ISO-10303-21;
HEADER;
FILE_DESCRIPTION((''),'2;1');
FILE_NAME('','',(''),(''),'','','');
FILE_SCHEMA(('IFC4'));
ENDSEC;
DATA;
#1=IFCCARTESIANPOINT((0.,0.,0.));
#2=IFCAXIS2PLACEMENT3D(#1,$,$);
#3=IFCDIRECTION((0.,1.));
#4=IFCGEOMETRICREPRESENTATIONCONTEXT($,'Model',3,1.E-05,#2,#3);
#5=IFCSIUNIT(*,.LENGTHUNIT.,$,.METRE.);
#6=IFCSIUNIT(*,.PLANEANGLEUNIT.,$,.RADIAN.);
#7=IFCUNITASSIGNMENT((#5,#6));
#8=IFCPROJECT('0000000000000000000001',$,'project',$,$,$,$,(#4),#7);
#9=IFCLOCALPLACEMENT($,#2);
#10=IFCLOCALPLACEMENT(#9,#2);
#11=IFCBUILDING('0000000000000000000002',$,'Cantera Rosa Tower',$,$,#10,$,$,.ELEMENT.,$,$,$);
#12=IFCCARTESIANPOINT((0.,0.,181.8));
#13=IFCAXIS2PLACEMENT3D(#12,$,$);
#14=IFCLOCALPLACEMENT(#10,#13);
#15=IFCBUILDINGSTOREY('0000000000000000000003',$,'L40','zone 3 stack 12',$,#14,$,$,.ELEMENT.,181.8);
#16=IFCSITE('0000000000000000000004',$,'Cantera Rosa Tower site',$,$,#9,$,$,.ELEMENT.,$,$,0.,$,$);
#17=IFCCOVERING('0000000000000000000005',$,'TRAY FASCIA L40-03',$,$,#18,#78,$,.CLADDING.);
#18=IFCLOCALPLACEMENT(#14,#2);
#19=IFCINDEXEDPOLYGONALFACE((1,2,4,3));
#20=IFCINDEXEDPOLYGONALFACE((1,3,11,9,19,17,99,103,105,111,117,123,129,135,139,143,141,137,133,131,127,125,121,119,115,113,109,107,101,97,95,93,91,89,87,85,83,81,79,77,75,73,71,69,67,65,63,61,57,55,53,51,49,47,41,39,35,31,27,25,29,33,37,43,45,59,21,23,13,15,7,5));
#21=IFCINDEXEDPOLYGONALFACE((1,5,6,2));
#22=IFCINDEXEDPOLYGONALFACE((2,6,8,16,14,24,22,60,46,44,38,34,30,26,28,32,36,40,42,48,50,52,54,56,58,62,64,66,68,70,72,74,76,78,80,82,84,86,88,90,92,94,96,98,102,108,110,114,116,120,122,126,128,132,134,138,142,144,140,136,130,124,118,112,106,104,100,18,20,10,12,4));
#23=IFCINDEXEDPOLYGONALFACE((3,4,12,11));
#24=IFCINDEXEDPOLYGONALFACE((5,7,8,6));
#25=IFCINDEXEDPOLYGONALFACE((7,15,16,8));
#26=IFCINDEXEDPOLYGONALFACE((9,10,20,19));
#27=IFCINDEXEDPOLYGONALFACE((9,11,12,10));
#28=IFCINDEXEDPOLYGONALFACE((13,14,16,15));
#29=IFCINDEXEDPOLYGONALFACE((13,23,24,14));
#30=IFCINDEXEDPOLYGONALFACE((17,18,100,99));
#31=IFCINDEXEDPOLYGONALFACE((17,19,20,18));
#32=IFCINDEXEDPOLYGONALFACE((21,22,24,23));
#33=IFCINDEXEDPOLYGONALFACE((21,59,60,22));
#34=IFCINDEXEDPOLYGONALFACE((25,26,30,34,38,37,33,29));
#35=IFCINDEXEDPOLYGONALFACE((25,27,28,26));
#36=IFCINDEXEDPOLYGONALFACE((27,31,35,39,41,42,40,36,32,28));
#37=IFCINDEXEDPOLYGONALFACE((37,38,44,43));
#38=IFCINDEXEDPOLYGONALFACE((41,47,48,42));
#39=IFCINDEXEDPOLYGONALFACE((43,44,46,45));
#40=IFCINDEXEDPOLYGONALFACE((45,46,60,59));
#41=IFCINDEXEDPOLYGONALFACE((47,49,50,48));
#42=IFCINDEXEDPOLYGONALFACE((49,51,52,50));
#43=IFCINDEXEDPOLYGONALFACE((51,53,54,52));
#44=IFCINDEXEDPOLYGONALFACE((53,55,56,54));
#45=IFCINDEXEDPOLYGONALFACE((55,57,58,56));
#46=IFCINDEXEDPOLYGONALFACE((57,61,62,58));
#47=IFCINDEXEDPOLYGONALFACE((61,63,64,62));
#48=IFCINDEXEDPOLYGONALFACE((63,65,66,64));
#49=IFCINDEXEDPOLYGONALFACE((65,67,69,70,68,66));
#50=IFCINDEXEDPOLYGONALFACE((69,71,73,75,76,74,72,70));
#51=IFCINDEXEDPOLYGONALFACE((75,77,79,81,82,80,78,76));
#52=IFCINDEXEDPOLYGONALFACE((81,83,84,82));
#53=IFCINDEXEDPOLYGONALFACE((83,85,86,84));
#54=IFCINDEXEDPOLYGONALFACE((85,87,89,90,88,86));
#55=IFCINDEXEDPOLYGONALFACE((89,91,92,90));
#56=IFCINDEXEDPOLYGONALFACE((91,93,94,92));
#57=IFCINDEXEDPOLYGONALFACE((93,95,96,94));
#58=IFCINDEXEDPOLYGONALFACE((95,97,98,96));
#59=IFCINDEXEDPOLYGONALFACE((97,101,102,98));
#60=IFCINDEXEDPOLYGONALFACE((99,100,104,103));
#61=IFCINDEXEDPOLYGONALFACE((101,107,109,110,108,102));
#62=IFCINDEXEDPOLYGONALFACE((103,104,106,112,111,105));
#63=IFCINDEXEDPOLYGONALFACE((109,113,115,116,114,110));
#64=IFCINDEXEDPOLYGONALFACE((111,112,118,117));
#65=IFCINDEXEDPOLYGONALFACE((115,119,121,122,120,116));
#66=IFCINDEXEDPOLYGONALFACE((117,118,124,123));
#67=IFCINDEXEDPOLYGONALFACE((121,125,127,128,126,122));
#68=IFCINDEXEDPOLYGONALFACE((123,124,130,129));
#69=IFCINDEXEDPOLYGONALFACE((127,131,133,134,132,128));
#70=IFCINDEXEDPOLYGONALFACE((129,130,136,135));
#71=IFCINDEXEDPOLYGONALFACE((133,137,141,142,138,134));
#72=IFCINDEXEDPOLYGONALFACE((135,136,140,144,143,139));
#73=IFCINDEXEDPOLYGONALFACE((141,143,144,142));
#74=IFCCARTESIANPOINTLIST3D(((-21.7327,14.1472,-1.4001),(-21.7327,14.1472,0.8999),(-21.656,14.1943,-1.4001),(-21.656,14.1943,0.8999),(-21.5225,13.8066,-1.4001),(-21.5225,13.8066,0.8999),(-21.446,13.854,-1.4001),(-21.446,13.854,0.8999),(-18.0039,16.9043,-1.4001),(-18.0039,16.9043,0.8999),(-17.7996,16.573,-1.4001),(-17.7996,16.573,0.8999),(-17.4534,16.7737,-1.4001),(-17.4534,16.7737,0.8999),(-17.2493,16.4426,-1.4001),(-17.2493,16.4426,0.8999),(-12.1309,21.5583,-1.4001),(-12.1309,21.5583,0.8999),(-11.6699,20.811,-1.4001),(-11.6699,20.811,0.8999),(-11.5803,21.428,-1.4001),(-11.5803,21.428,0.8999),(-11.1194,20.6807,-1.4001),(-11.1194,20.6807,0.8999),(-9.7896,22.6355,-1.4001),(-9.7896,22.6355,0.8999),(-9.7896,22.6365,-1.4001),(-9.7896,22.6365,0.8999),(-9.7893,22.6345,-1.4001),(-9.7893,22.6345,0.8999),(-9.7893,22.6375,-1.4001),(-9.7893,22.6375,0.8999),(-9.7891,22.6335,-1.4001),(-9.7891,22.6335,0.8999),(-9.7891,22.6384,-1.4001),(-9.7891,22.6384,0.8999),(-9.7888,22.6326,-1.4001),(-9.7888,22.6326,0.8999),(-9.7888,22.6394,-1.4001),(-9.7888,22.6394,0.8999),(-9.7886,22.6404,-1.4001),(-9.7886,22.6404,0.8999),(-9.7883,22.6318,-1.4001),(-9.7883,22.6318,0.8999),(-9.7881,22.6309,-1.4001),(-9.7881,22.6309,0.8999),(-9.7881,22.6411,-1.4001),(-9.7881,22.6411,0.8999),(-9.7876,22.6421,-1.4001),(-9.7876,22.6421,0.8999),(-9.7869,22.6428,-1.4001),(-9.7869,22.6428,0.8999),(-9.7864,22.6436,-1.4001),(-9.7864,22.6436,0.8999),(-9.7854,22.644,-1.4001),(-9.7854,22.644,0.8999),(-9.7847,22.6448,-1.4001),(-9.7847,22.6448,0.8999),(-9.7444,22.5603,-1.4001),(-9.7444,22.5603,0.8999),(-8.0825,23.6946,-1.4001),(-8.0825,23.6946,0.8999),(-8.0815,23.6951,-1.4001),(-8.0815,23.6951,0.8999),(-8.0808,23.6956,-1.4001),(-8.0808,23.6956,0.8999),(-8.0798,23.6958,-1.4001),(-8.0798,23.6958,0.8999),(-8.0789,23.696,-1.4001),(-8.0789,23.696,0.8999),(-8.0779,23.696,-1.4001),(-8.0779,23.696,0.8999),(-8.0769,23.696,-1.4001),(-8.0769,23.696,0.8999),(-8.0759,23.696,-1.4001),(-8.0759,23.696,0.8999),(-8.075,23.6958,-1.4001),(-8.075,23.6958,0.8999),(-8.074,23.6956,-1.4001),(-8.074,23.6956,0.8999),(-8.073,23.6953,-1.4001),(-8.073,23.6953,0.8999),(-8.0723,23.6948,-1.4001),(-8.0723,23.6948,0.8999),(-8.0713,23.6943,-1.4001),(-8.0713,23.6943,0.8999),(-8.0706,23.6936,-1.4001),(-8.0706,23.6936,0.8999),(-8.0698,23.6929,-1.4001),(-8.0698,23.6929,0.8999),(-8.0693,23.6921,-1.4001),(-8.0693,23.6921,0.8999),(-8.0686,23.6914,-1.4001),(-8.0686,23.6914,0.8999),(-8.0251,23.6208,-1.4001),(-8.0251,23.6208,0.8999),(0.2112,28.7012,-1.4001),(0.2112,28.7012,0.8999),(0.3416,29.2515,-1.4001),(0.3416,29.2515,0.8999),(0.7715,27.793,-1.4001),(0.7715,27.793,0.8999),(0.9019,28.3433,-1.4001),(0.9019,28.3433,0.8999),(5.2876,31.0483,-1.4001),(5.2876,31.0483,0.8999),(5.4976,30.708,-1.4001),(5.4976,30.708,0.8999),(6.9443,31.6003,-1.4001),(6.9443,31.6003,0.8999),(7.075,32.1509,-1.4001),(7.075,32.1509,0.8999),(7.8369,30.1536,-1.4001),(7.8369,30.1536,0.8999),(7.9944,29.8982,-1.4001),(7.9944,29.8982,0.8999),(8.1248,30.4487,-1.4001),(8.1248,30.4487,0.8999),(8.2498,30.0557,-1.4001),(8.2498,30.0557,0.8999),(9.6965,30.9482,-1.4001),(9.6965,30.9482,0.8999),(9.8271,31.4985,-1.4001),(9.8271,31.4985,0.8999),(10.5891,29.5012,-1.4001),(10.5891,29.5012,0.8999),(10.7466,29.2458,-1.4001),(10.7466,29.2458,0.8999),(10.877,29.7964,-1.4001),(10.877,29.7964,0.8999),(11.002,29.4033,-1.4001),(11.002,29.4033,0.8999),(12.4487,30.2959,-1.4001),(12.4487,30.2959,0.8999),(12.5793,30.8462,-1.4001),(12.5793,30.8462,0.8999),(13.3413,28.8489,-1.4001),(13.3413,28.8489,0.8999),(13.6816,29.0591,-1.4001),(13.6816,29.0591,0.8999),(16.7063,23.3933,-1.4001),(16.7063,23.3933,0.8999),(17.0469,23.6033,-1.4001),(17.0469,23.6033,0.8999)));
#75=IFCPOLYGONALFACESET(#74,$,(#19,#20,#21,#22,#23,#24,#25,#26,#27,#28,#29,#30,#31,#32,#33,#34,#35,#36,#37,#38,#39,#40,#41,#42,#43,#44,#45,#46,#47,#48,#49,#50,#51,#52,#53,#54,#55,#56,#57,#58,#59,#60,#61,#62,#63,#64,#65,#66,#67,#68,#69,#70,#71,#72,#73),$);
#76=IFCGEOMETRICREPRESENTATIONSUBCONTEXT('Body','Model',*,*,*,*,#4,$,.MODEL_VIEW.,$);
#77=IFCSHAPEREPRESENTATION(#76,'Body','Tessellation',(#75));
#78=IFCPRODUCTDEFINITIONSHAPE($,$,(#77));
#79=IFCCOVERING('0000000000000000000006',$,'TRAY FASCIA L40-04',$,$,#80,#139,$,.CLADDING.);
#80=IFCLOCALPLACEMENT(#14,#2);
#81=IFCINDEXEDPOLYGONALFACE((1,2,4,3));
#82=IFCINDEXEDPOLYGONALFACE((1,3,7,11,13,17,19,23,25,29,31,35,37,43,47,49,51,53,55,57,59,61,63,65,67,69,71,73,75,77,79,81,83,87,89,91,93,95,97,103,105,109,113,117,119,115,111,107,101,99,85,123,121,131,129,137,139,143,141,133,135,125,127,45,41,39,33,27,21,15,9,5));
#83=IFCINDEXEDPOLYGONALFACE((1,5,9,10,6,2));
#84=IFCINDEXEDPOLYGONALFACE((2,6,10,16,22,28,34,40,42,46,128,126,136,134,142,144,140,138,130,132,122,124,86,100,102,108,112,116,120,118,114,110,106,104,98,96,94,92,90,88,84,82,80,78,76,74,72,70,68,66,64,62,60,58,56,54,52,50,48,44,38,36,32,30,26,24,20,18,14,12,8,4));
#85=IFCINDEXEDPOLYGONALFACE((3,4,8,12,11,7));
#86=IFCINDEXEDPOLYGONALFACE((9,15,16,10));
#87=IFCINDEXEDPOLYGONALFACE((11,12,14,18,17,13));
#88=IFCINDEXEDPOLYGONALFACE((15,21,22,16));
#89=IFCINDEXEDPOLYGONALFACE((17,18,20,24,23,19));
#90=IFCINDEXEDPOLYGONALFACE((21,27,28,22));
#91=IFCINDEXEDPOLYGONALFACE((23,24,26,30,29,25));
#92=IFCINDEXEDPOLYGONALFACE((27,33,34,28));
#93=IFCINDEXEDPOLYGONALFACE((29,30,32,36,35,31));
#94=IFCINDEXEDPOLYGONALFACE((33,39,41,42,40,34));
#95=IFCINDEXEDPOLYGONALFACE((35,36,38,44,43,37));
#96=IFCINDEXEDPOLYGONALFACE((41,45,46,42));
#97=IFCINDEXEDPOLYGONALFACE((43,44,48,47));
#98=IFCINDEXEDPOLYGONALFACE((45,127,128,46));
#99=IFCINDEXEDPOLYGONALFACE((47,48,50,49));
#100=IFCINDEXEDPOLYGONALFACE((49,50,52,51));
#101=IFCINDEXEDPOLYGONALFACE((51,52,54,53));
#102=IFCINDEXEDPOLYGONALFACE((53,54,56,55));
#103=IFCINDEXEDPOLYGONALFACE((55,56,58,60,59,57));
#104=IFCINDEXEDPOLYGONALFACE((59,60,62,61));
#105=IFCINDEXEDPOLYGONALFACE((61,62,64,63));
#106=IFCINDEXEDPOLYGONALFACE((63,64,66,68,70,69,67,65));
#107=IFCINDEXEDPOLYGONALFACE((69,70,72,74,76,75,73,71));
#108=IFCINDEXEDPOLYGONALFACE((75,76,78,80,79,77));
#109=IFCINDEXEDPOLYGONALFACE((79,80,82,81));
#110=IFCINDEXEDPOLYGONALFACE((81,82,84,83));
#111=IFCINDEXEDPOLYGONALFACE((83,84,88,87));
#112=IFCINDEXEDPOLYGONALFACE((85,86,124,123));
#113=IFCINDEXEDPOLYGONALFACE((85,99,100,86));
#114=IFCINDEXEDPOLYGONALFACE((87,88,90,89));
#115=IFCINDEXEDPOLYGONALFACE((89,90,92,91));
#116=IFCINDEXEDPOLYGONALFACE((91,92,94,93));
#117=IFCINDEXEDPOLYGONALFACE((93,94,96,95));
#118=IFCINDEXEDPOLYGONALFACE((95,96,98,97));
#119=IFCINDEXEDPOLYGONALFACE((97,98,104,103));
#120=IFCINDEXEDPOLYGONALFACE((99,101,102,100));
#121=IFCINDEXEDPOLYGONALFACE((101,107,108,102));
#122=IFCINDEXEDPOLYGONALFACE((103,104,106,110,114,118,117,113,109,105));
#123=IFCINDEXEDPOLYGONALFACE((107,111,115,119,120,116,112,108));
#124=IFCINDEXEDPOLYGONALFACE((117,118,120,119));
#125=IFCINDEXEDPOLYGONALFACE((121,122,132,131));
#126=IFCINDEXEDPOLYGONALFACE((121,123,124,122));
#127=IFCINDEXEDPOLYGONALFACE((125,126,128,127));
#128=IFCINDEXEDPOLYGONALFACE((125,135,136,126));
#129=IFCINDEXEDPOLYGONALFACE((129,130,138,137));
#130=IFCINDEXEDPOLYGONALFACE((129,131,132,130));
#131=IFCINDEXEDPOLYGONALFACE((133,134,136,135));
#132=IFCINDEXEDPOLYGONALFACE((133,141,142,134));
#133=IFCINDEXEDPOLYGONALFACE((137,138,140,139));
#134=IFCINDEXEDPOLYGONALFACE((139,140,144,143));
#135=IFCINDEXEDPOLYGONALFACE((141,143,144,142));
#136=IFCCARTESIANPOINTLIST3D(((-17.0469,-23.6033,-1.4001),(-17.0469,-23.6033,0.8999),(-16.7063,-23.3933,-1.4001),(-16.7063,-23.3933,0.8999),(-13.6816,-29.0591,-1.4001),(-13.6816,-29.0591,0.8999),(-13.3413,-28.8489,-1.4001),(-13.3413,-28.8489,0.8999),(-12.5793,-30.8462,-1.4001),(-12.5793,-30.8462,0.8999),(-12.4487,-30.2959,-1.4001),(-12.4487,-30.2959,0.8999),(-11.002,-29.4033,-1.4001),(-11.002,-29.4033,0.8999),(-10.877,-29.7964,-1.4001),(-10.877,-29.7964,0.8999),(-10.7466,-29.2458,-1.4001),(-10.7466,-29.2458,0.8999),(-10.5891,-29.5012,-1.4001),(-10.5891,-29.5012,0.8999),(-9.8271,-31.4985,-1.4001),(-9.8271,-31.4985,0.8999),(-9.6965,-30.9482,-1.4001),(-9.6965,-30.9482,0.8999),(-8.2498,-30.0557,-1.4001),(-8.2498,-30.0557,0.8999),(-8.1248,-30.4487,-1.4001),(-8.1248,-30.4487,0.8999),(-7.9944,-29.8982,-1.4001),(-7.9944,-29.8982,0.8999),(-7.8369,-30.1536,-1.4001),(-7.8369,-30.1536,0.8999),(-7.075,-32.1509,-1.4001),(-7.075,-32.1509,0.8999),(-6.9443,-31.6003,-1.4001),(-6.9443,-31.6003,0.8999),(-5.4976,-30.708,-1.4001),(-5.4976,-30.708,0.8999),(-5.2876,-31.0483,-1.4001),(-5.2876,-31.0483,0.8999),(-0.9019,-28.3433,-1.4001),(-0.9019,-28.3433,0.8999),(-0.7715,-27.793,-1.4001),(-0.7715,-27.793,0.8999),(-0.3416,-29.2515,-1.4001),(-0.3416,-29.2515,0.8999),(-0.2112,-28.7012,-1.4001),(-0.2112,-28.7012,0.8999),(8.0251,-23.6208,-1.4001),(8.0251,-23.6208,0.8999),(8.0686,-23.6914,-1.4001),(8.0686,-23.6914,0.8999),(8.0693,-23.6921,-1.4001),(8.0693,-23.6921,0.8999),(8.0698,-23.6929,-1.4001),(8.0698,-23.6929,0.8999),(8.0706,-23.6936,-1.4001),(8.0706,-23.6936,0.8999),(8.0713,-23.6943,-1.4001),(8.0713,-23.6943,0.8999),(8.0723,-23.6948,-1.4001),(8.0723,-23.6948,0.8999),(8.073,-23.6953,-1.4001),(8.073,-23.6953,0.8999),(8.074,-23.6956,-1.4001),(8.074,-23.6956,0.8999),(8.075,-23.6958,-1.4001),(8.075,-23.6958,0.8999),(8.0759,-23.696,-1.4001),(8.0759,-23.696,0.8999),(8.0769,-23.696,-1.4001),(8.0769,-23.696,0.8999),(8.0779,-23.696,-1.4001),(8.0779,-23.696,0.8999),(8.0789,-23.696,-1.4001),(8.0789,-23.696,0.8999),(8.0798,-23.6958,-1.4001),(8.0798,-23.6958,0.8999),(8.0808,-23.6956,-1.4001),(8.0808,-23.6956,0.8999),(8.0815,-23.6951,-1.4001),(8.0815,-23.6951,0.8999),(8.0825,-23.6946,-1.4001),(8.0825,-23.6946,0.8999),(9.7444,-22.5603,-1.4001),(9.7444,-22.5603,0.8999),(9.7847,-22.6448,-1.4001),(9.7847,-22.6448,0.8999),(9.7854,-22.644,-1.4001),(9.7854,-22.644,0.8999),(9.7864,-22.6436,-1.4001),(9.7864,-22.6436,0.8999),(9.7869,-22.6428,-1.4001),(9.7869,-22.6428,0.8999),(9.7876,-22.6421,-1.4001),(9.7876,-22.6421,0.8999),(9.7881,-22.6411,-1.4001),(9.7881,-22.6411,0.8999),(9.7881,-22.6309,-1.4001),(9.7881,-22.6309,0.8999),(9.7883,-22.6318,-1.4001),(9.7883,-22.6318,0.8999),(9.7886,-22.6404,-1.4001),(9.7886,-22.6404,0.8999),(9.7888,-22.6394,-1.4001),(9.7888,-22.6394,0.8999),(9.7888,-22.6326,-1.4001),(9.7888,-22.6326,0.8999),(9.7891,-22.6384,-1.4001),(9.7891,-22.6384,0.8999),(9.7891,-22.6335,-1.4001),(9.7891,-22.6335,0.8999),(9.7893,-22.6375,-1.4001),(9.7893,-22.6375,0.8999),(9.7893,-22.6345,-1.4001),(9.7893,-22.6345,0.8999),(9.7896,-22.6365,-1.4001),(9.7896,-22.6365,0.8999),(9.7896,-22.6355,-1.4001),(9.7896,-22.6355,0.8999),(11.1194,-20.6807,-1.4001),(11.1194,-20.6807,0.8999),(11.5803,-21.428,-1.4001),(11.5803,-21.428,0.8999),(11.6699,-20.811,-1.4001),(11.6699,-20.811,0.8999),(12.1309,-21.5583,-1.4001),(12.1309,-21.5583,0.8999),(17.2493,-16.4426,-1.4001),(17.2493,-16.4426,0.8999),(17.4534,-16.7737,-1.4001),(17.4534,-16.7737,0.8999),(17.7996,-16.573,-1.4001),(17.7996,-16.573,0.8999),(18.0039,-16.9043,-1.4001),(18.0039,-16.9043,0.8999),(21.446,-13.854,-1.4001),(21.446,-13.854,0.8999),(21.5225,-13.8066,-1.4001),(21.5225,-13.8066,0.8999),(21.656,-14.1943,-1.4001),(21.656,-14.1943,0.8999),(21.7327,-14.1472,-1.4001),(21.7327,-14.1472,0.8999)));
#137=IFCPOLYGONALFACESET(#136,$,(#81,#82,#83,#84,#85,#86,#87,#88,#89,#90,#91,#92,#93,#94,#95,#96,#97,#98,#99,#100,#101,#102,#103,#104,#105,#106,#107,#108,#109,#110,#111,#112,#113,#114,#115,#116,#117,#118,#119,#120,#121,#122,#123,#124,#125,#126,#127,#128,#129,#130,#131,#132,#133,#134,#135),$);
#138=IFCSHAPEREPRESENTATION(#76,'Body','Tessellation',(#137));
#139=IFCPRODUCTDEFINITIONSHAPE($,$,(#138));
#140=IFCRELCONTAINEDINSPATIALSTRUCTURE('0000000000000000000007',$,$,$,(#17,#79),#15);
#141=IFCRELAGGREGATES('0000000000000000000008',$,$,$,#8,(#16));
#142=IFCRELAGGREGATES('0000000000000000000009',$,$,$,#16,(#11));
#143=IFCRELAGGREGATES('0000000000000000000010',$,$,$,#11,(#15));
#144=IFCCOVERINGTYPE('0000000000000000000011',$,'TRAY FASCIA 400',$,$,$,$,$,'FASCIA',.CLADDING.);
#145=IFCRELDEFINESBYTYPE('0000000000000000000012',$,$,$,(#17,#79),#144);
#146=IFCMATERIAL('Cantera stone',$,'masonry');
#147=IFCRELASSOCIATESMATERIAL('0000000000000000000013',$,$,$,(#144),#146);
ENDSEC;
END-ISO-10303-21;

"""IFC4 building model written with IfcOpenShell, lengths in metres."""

from ifc_helpers import new_model, si_unit, direction, frame, origin, place, context, subcontext, project, spatial, polyline, outline, extrude, material, type_object, element, save


model = new_model("IFC4")

# Units and contexts
model_context = context("Model", 3, precision=1e-05, world=origin(), true_north=direction((0.0, 1.0)))
body_context = subcontext(model_context, "Body", "Model", "MODEL_VIEW")
ifc_project = project(units=[si_unit("LENGTHUNIT", "METRE"), si_unit("PLANEANGLEUNIT", "RADIAN")], contexts=[model_context])

# Site, building, storey
site_placement = place(None, origin())
site = spatial("IfcSite", under=ifc_project, at=site_placement, Name="Cantera Rosa Tower site", CompositionType="ELEMENT", RefElevation=0.0)
building_placement = place(site_placement, origin())
building = spatial("IfcBuilding", under=site, at=building_placement, Name="Cantera Rosa Tower", CompositionType="ELEMENT")
storey_placement = place(building_placement, frame((0.0, 0.0, 181.8)))
storey = spatial("IfcBuildingStorey", under=building, at=storey_placement, Name="L40", Description="zone 3 stack 12", CompositionType="ELEMENT", Elevation=181.8)

# Coverings
ifc_material_1 = material(Name="Cantera stone", Category="masonry")
covering_type_1 = type_object("IfcCoveringType", Name="TRAY FASCIA 400", ElementType="FASCIA", PredefinedType="CLADDING", material=ifc_material_1)
covering_1_placement = place(storey_placement, frame((0.0, 0.0, -1.4001)))
element("IfcCovering", 1, at=covering_1_placement, inside=storey, type_object=covering_type_1, Name="TRAY FASCIA L40-03", PredefinedType="CLADDING", context=body_context, shape_type="SweptSolid", body=[
    extrude(outline(polyline([(-21.656, 14.1943), (-17.7996, 16.573), (-18.0039, 16.9043), (-11.6699, 20.811), (-12.1309, 21.5583), (0.3416, 29.2515), (0.9019, 28.3433), (5.2876, 31.0483), (7.075, 32.1509), (8.1248, 30.4487), (9.8271, 31.4985), (10.877, 29.7964), (12.5793, 30.8462), (13.6816, 29.0591), (17.0469, 23.6033), (16.7063, 23.3933), (13.3413, 28.8489), (12.4487, 30.2959), (11.002, 29.4033), (10.7466, 29.2458), (10.5891, 29.5012), (9.6965, 30.9482), (8.2498, 30.0557), (7.9944, 29.8982), (7.8369, 30.1536), (6.9443, 31.6003), (5.4976, 30.708), (0.7715, 27.793), (0.2112, 28.7012), (-8.0251, 23.6208), (-8.0686, 23.6914), (-8.0693, 23.6921), (-8.0698, 23.6929), (-8.0706, 23.6936), (-8.0713, 23.6943), (-8.0723, 23.6948), (-8.073, 23.6953), (-8.074, 23.6956), (-8.075, 23.6958), (-8.0759, 23.696), (-8.0769, 23.696), (-8.0779, 23.696), (-8.0789, 23.696), (-8.0798, 23.6958), (-8.0808, 23.6956), (-8.0815, 23.6951), (-8.0825, 23.6946), (-9.7847, 22.6448), (-9.7854, 22.644), (-9.7864, 22.6436), (-9.7869, 22.6428), (-9.7876, 22.6421), (-9.7881, 22.6411), (-9.7886, 22.6404), (-9.7888, 22.6394), (-9.7891, 22.6384), (-9.7893, 22.6375), (-9.7896, 22.6365), (-9.7896, 22.6355), (-9.7893, 22.6345), (-9.7891, 22.6335), (-9.7888, 22.6326), (-9.7883, 22.6318), (-9.7881, 22.6309), (-9.7444, 22.5603), (-11.5803, 21.428), (-11.1194, 20.6807), (-17.4534, 16.7737), (-17.2493, 16.4426), (-21.446, 13.854), (-21.5225, 13.8066), (-21.7327, 14.1472), (-21.656, 14.1943)])), origin(), (0.0, 0.0, 1.0), 2.3),
])
covering_2_placement = place(storey_placement, frame((0.0, 0.0, -1.4001)))
element("IfcCovering", 2, at=covering_2_placement, inside=storey, type_object=covering_type_1, Name="TRAY FASCIA L40-04", PredefinedType="CLADDING", context=body_context, shape_type="SweptSolid", body=[
    extrude(outline(polyline([(21.656, -14.1943), (17.7996, -16.573), (18.0039, -16.9043), (11.6699, -20.811), (12.1309, -21.5583), (-0.3416, -29.2515), (-0.9019, -28.3433), (-5.2876, -31.0483), (-7.075, -32.1509), (-8.1248, -30.4487), (-9.8271, -31.4985), (-10.877, -29.7964), (-12.5793, -30.8462), (-13.6816, -29.0591), (-17.0469, -23.6033), (-16.7063, -23.3933), (-13.3413, -28.8489), (-12.4487, -30.2959), (-11.002, -29.4033), (-10.7466, -29.2458), (-10.5891, -29.5012), (-9.6965, -30.9482), (-8.2498, -30.0557), (-7.9944, -29.8982), (-7.8369, -30.1536), (-6.9443, -31.6003), (-5.4976, -30.708), (-0.7715, -27.793), (-0.2112, -28.7012), (8.0251, -23.6208), (8.0686, -23.6914), (8.0693, -23.6921), (8.0698, -23.6929), (8.0706, -23.6936), (8.0713, -23.6943), (8.0723, -23.6948), (8.073, -23.6953), (8.074, -23.6956), (8.075, -23.6958), (8.0759, -23.696), (8.0769, -23.696), (8.0779, -23.696), (8.0789, -23.696), (8.0798, -23.6958), (8.0808, -23.6956), (8.0815, -23.6951), (8.0825, -23.6946), (9.7847, -22.6448), (9.7854, -22.644), (9.7864, -22.6436), (9.7869, -22.6428), (9.7876, -22.6421), (9.7881, -22.6411), (9.7886, -22.6404), (9.7888, -22.6394), (9.7891, -22.6384), (9.7893, -22.6375), (9.7896, -22.6365), (9.7896, -22.6355), (9.7893, -22.6345), (9.7891, -22.6335), (9.7888, -22.6326), (9.7883, -22.6318), (9.7881, -22.6309), (9.7444, -22.5603), (11.5803, -21.428), (11.1194, -20.6807), (17.4534, -16.7737), (17.2493, -16.4426), (21.446, -13.854), (21.5225, -13.8066), (21.7327, -14.1472), (21.656, -14.1943)])), origin(), (0.0, 0.0, 1.0), 2.3),
])

save(model, "model.ifc")
